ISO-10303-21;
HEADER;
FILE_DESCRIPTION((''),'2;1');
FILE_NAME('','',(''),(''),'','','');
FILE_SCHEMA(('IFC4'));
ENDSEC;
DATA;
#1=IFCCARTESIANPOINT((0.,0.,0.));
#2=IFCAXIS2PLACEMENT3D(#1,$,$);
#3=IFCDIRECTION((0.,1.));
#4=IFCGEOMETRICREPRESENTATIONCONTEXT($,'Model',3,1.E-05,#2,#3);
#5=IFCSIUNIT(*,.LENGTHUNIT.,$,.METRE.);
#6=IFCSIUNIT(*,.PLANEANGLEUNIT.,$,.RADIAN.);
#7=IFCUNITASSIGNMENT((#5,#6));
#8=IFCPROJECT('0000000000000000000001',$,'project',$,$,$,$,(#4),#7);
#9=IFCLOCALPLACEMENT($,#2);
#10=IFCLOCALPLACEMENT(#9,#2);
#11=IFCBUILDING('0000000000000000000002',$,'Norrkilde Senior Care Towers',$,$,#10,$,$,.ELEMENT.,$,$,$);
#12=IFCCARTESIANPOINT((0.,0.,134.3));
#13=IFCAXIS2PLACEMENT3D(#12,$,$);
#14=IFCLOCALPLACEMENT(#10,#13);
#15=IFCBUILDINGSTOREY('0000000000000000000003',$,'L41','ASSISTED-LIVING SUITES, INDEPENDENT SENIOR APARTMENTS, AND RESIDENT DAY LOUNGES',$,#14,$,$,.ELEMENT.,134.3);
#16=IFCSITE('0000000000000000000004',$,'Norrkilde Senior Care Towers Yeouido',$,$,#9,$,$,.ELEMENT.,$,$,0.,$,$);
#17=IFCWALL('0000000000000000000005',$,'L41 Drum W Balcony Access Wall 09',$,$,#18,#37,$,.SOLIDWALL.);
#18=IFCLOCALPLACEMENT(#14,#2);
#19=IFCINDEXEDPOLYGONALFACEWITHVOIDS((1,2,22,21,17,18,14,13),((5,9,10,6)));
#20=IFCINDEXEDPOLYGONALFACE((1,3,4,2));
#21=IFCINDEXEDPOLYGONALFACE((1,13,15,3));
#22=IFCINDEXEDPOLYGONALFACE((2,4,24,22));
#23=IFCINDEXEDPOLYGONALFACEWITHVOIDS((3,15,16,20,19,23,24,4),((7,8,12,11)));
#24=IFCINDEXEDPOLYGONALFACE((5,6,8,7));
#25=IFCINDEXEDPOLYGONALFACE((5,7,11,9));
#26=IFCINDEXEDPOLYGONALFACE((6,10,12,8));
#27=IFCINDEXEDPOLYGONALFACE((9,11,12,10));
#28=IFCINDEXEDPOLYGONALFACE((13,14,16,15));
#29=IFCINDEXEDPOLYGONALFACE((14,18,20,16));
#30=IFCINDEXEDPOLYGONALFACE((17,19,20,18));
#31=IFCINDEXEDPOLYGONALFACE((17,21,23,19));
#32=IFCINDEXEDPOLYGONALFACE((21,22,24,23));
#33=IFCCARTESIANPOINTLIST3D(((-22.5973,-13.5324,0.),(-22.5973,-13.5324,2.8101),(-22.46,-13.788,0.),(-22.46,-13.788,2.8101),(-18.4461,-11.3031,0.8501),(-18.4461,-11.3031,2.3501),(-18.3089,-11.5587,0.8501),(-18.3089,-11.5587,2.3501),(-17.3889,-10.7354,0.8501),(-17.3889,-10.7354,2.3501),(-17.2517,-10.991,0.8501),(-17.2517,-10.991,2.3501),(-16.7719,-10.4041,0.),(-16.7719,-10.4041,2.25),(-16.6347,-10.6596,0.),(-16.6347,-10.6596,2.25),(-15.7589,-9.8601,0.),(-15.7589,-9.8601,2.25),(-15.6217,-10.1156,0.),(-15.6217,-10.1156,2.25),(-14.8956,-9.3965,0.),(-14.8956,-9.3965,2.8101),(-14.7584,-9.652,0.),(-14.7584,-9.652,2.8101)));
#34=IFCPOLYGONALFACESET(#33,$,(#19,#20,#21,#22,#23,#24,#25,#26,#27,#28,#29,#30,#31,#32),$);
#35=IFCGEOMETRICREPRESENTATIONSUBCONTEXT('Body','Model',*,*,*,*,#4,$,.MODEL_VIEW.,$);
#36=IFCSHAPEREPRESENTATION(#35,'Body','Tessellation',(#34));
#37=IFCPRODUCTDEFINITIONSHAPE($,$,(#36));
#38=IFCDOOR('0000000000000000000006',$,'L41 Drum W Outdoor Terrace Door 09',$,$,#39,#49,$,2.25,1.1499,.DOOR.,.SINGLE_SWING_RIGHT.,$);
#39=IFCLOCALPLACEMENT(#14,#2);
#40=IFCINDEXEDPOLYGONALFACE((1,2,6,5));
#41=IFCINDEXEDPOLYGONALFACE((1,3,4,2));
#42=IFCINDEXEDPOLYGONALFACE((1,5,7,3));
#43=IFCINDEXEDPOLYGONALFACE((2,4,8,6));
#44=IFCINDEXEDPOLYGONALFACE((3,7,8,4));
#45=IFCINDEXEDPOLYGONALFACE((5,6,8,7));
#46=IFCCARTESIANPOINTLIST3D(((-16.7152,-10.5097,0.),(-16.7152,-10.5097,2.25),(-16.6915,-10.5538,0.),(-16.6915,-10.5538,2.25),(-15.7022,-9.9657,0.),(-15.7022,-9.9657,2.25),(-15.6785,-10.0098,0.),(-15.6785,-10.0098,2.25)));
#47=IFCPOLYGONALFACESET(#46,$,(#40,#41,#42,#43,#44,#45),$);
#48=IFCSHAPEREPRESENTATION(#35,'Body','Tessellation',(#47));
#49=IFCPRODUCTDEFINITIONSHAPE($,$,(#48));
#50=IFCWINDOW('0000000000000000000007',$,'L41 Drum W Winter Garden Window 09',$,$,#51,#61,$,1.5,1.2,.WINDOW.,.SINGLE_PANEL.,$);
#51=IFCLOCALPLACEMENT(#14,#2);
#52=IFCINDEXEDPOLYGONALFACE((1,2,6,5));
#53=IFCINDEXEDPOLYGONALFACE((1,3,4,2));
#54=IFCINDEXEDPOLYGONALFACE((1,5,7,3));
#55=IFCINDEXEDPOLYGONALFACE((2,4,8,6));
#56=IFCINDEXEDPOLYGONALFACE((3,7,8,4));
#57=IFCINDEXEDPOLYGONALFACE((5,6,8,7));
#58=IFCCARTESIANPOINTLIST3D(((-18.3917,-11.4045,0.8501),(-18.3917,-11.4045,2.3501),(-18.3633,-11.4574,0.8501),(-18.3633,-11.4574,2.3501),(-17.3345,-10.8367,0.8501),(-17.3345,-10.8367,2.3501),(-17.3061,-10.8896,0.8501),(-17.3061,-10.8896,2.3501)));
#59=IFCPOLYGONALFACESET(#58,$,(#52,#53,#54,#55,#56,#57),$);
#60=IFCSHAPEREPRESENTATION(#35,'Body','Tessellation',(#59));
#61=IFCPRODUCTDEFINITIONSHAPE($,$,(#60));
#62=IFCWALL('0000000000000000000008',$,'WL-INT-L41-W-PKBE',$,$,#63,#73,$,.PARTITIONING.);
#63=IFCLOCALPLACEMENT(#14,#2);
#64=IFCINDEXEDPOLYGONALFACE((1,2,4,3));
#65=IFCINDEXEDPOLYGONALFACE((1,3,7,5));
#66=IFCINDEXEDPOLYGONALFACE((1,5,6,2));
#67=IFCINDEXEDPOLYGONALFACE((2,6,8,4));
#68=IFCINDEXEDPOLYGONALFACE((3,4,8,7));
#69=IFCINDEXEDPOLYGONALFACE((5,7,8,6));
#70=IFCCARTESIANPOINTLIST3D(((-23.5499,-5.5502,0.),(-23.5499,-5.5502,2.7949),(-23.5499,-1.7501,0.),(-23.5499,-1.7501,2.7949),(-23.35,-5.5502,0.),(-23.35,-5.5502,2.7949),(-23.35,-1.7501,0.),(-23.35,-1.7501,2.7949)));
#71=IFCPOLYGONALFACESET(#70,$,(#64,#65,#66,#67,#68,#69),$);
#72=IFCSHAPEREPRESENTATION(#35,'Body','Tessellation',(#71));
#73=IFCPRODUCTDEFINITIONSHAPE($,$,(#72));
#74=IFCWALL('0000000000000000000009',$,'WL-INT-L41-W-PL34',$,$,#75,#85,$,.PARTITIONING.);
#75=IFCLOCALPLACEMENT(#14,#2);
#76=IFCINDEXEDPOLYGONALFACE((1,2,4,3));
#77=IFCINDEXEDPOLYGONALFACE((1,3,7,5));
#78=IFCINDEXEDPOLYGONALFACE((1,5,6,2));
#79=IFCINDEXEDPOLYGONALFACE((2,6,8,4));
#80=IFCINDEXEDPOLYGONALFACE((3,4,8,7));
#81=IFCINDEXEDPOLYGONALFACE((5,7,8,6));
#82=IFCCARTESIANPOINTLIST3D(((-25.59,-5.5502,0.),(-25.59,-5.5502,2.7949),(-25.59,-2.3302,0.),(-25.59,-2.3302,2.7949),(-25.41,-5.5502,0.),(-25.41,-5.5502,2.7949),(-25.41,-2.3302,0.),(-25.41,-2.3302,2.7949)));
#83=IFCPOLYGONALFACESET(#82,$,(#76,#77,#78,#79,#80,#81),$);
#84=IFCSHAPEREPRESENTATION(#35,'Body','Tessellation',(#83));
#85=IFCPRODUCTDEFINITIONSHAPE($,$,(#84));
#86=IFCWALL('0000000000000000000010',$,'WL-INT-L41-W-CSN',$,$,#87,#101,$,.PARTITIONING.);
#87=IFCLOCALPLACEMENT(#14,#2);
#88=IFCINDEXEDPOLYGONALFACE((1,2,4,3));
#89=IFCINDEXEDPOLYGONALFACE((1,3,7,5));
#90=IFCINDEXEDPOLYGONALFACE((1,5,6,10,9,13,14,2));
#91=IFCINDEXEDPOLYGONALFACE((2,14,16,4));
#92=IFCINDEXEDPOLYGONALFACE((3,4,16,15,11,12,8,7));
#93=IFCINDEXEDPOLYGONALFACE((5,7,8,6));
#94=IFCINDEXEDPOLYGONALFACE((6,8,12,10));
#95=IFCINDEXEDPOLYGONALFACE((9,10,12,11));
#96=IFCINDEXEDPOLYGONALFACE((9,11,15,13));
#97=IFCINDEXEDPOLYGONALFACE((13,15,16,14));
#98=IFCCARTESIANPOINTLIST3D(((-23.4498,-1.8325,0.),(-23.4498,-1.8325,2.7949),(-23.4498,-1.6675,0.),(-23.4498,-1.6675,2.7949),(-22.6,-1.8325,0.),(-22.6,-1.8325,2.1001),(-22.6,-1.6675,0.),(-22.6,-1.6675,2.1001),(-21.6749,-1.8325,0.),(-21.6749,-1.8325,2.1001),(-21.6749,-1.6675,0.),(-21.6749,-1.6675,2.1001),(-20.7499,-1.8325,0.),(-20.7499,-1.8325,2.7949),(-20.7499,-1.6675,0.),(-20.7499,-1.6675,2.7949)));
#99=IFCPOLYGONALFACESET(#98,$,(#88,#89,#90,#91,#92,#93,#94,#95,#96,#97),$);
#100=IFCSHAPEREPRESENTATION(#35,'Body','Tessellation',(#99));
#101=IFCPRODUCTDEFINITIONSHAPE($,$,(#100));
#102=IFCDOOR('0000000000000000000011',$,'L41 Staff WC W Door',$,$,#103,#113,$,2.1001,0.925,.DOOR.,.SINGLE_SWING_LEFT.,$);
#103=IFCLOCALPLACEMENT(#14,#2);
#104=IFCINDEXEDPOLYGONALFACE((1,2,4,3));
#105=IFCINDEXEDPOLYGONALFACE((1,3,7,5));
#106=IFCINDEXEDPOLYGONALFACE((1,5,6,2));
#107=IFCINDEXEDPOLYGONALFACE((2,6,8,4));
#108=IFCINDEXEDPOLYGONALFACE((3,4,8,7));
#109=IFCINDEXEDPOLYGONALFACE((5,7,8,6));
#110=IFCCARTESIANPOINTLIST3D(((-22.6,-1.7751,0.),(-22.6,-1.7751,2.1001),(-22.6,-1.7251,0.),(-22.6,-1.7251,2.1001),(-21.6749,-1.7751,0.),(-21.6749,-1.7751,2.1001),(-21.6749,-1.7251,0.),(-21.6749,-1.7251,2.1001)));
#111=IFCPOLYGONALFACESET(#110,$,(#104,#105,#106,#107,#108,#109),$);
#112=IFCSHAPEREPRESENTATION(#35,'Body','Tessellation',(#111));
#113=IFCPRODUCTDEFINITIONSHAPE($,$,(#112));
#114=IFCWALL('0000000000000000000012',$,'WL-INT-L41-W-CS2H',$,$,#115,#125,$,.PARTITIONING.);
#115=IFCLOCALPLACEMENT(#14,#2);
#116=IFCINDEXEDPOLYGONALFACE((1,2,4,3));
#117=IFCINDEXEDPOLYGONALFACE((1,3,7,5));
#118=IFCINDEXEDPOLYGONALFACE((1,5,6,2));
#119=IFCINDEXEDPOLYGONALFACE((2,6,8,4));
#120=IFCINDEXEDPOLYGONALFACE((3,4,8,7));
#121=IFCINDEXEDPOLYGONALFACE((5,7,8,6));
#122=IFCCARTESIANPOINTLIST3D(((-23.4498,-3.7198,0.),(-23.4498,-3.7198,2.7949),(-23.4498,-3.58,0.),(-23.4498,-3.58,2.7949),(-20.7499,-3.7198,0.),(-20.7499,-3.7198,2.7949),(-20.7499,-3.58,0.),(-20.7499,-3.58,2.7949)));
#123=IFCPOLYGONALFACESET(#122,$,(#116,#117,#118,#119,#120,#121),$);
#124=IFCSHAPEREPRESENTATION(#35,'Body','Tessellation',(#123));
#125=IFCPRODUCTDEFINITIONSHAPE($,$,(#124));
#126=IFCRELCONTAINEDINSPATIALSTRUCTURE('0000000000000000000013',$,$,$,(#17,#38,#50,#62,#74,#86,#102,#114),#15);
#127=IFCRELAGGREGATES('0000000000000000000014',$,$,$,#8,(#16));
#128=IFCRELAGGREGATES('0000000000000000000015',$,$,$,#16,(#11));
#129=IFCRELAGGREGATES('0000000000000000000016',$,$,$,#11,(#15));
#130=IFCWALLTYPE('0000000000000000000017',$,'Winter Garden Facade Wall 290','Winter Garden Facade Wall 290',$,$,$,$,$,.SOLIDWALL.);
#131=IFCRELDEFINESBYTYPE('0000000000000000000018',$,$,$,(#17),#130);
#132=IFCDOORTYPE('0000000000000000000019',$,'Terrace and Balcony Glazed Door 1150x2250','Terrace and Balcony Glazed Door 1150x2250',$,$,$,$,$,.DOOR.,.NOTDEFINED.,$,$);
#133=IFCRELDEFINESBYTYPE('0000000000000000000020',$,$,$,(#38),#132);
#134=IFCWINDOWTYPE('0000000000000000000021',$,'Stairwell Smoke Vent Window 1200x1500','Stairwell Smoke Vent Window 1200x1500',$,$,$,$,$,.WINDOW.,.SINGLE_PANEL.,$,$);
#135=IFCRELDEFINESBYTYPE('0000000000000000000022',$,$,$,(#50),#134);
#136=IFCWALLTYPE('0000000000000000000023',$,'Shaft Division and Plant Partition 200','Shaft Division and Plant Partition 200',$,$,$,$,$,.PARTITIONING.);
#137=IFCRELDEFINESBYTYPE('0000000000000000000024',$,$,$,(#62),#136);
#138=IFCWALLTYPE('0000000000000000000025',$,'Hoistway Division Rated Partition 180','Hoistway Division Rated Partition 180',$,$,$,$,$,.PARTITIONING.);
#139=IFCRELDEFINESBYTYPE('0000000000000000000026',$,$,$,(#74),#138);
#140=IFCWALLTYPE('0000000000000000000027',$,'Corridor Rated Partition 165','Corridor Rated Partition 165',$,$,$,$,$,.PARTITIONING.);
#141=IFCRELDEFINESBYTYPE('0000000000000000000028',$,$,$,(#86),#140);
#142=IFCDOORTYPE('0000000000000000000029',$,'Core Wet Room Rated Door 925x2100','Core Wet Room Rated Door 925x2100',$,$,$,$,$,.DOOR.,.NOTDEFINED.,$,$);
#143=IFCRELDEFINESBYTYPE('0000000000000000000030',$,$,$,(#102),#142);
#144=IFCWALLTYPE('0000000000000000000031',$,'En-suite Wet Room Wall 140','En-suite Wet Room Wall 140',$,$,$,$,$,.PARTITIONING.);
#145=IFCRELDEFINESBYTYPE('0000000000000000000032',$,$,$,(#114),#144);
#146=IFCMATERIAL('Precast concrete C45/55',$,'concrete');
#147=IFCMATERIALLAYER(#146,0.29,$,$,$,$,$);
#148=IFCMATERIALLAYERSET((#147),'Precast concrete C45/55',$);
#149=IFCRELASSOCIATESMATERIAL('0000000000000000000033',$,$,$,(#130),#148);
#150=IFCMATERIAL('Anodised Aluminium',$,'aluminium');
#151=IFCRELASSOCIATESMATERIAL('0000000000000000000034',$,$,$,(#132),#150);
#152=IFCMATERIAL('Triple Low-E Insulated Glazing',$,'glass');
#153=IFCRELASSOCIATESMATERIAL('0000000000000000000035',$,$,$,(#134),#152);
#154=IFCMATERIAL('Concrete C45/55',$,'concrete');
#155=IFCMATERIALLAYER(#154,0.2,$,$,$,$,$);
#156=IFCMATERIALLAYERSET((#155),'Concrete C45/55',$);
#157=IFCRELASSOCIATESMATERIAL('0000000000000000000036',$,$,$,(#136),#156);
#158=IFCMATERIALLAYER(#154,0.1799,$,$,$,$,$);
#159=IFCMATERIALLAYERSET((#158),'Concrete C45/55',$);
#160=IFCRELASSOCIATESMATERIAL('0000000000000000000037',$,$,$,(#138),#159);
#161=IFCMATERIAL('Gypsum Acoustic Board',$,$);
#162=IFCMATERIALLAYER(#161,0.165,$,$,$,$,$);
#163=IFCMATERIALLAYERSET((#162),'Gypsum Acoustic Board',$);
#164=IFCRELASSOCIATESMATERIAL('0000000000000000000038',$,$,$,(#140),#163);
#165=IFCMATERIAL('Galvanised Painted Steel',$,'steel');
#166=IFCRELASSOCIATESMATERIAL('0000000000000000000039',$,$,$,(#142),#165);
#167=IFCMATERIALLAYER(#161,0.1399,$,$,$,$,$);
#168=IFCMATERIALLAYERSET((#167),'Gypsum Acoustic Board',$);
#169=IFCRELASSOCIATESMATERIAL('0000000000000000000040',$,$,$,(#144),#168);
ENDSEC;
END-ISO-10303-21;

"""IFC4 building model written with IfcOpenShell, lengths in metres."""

from ifc_helpers import new_model, si_unit, direction, frame, frame_2d, origin, place, context, subcontext, project, spatial, rectangle, extrude, source, transform, mapped, material, layer, layer_set, type_object, type_shapes, element, fill, save


model = new_model("IFC4")

# Units and contexts
model_context = context("Model", 3, precision=1e-05, world=origin(), true_north=direction((0.0, 1.0)))
body_context = subcontext(model_context, "Body", "Model", "MODEL_VIEW")
ifc_project = project(units=[si_unit("LENGTHUNIT", "METRE"), si_unit("PLANEANGLEUNIT", "RADIAN")], contexts=[model_context])

# Site, building, storey
site_placement = place(None, origin())
site = spatial("IfcSite", under=ifc_project, at=site_placement, Name="Norrkilde Senior Care Towers Yeouido", CompositionType="ELEMENT", RefElevation=0.0)
building_placement = place(site_placement, origin())
building = spatial("IfcBuilding", under=site, at=building_placement, Name="Norrkilde Senior Care Towers", CompositionType="ELEMENT")
storey_placement = place(building_placement, frame((0.0, 0.0, 134.3)))
storey = spatial("IfcBuildingStorey", under=building, at=storey_placement, Name="L41", Description="ASSISTED-LIVING SUITES, INDEPENDENT SENIOR APARTMENTS, AND RESIDENT DAY LOUNGES", CompositionType="ELEMENT", Elevation=134.3)

# Shared definitions
ifc_material_1 = material(Name="Triple Low-E Insulated Glazing", Category="glass")
ifc_material_2 = material(Name="Anodised Aluminium", Category="aluminium")

# Wall, openings, door, window
ifc_material_3 = material(Name="Precast concrete C45/55", Category="concrete")
ifc_layer_1 = layer(ifc_material_3, 0.29)
ifc_layer_set_1 = layer_set([ifc_layer_1], Name="Precast concrete C45/55")
wall_type_1 = type_object("IfcWallType", Name="Winter Garden Facade Wall 290", Description="Winter Garden Facade Wall 290", PredefinedType="SOLIDWALL", material=ifc_layer_set_1)
shared_shape_1 = source(origin(), body_context, "Body", "SweptSolid", [
    extrude(rectangle(XDim=8.7419, YDim=0.29, at=frame_2d((4.3711, 0.0))), origin(), (0.0, 0.0, 1.0), 2.8101),
])
type_shapes(wall_type_1, [shared_shape_1])
wall_1_placement = place(storey_placement, frame((-14.8269, -9.5242, 0.0), z_axis=(0.0, 0.0, 1.0), x_axis=(-0.880999, -0.473119, 0.0)))
wall_1 = element("IfcWall", 1, at=wall_1_placement, inside=storey, type_object=wall_type_1, Name="L41 Drum W Balcony Access Wall 09", PredefinedType="SOLIDWALL", context=body_context, shape_type="MappedRepresentation", body=[
    mapped(shared_shape_1, transform((0.0, 0.0, 0.0), x_axis=(1.0, 0.0, 0.0), y_axis=(0.0, 1.0, 0.0), z_axis=(0.0, 0.0, 1.0), scale=1.0)),
])
opening_1_placement = place(wall_1_placement, frame((0.98, 0.0, 0.0)))
opening_1 = element("IfcOpeningElement", 2, at=opening_1_placement, cuts=wall_1, PredefinedType="OPENING", context=body_context, shape_type="SweptSolid", body=[
    extrude(rectangle(XDim=1.1499, YDim=2.25, at=frame_2d((0.575, 1.125))), frame((0.0, 0.155, 0.0), z_axis=(0.0, -1.0, 0.0), x_axis=(1.0, 0.0, 0.0)), (0.0, 0.0, 1.0), 0.3101),
])
opening_2_placement = place(wall_1_placement, frame((2.8301, 0.0, 0.8501)))
opening_2 = element("IfcOpeningElement", 3, at=opening_2_placement, cuts=wall_1, PredefinedType="OPENING", context=body_context, shape_type="SweptSolid", body=[
    extrude(rectangle(XDim=1.2, YDim=1.5, at=frame_2d((0.6001, 0.75))), frame((0.0, 0.155, 0.0), z_axis=(0.0, -1.0, 0.0), x_axis=(1.0, 0.0, 0.0)), (0.0, 0.0, 1.0), 0.3101),
])
door_type_1 = type_object("IfcDoorType", Name="Terrace and Balcony Glazed Door 1150x2250", Description="Terrace and Balcony Glazed Door 1150x2250", OperationType="NOTDEFINED", PredefinedType="DOOR", material=ifc_material_2)
shared_shape_2 = source(origin(), body_context, "Body", "SweptSolid", [
    extrude(rectangle(XDim=1.1499, YDim=2.25, at=frame_2d((0.575, 1.125))), frame((0.0, 0.0249, 0.0), z_axis=(0.0, -1.0, 0.0), x_axis=(1.0, 0.0, 0.0)), (0.0, 0.0, 1.0), 0.05),
])
type_shapes(door_type_1, [shared_shape_2])
door_1_placement = place(opening_1_placement, origin())
door_1 = element("IfcDoor", 4, at=door_1_placement, inside=storey, type_object=door_type_1, Name="L41 Drum W Outdoor Terrace Door 09", OperationType="SINGLE_SWING_RIGHT", OverallHeight=2.25, OverallWidth=1.1499, PredefinedType="DOOR", context=body_context, shape_type="MappedRepresentation", body=[
    mapped(shared_shape_2, transform((0.0, 0.0, 0.0), x_axis=(1.0, 0.0, 0.0), y_axis=(0.0, 1.0, 0.0), z_axis=(0.0, 0.0, 1.0), scale=1.0)),
])
fill(opening_1, door_1)
window_type = type_object("IfcWindowType", Name="Stairwell Smoke Vent Window 1200x1500", Description="Stairwell Smoke Vent Window 1200x1500", PartitioningType="SINGLE_PANEL", PredefinedType="WINDOW", material=ifc_material_1)
shared_shape_3 = source(origin(), body_context, "Body", "SweptSolid", [
    extrude(rectangle(XDim=1.2, YDim=1.5, at=frame_2d((0.6001, 0.75))), frame((0.0, 0.03, 0.0), z_axis=(0.0, -1.0, 0.0), x_axis=(1.0, 0.0, 0.0)), (0.0, 0.0, 1.0), 0.0601),
])
type_shapes(window_type, [shared_shape_3])
window_placement = place(opening_2_placement, origin())
window = element("IfcWindow", 5, at=window_placement, inside=storey, type_object=window_type, Name="L41 Drum W Winter Garden Window 09", OverallHeight=1.5, OverallWidth=1.2, PartitioningType="SINGLE_PANEL", PredefinedType="WINDOW", context=body_context, shape_type="MappedRepresentation", body=[
    mapped(shared_shape_3, transform((0.0, 0.0, 0.0), x_axis=(1.0, 0.0, 0.0), y_axis=(0.0, 1.0, 0.0), z_axis=(0.0, 0.0, 1.0), scale=1.0)),
])
fill(opening_2, window)

# Walls
ifc_material_4 = material(Name="Concrete C45/55", Category="concrete")
ifc_layer_2 = layer(ifc_material_4, 0.2)
ifc_layer_set_2 = layer_set([ifc_layer_2], Name="Concrete C45/55")
wall_type_2 = type_object("IfcWallType", Name="Shaft Division and Plant Partition 200", Description="Shaft Division and Plant Partition 200", PredefinedType="PARTITIONING", material=ifc_layer_set_2)
shared_shape_4 = source(origin(), body_context, "Body", "SweptSolid", [
    extrude(rectangle(XDim=3.8, YDim=0.2, at=frame_2d((1.8999, 0.0))), origin(), (0.0, 0.0, 1.0), 2.7949),
])
type_shapes(wall_type_2, [shared_shape_4])
wall_2_placement = place(storey_placement, frame((-23.45, -5.55, 0.0), z_axis=(0.0, 0.0, 1.0), x_axis=(0.0, 1.0, 0.0)))
element("IfcWall", 6, at=wall_2_placement, inside=storey, type_object=wall_type_2, Name="WL-INT-L41-W-PKBE", PredefinedType="PARTITIONING", context=body_context, shape_type="MappedRepresentation", body=[
    mapped(shared_shape_4, transform((0.0, 0.0, 0.0), x_axis=(1.0, 0.0, 0.0), y_axis=(0.0, 1.0, 0.0), z_axis=(0.0, 0.0, 1.0), scale=1.0)),
])
ifc_layer_3 = layer(ifc_material_4, 0.1799)
ifc_layer_set_3 = layer_set([ifc_layer_3], Name="Concrete C45/55")
wall_type_3 = type_object("IfcWallType", Name="Hoistway Division Rated Partition 180", Description="Hoistway Division Rated Partition 180", PredefinedType="PARTITIONING", material=ifc_layer_set_3)
shared_shape_5 = source(origin(), body_context, "Body", "SweptSolid", [
    extrude(rectangle(XDim=3.22, YDim=0.1799, at=frame_2d((1.6099, 0.0))), origin(), (0.0, 0.0, 1.0), 2.7949),
])
type_shapes(wall_type_3, [shared_shape_5])
wall_3_placement = place(storey_placement, frame((-25.5, -5.55, 0.0), z_axis=(0.0, 0.0, 1.0), x_axis=(0.0, 1.0, 0.0)))
element("IfcWall", 7, at=wall_3_placement, inside=storey, type_object=wall_type_3, Name="WL-INT-L41-W-PL34", PredefinedType="PARTITIONING", context=body_context, shape_type="MappedRepresentation", body=[
    mapped(shared_shape_5, transform((0.0, 0.0, 0.0), x_axis=(1.0, 0.0, 0.0), y_axis=(0.0, 1.0, 0.0), z_axis=(0.0, 0.0, 1.0), scale=1.0)),
])

# Wall, opening, door
ifc_material_5 = material(Name="Gypsum Acoustic Board")
ifc_layer_4 = layer(ifc_material_5, 0.165)
ifc_layer_set_4 = layer_set([ifc_layer_4], Name="Gypsum Acoustic Board")
wall_type_4 = type_object("IfcWallType", Name="Corridor Rated Partition 165", Description="Corridor Rated Partition 165", PredefinedType="PARTITIONING", material=ifc_layer_set_4)
shared_shape_6 = source(origin(), body_context, "Body", "SweptSolid", [
    extrude(rectangle(XDim=2.7, YDim=0.165, at=frame_2d((1.3501, 0.0))), origin(), (0.0, 0.0, 1.0), 2.7949),
])
wall_4_placement = place(storey_placement, frame((-23.45, -1.75, 0.0), z_axis=(0.0, 0.0, 1.0), x_axis=(1.0, 0.0, 0.0)))
wall_4 = element("IfcWall", 8, at=wall_4_placement, inside=storey, type_object=wall_type_4, Name="WL-INT-L41-W-CSN", PredefinedType="PARTITIONING", context=body_context, shape_type="MappedRepresentation", body=[
    mapped(shared_shape_6, transform((0.0, 0.0, 0.0), x_axis=(1.0, 0.0, 0.0), y_axis=(0.0, 1.0, 0.0), z_axis=(0.0, 0.0, 1.0), scale=1.0)),
])
opening_3_placement = place(wall_4_placement, frame((0.8501, 0.0, 0.0)))
opening_3 = element("IfcOpeningElement", 9, at=opening_3_placement, cuts=wall_4, PredefinedType="OPENING", context=body_context, shape_type="SweptSolid", body=[
    extrude(rectangle(XDim=0.925, YDim=2.1001, at=frame_2d((0.4624, 1.05))), frame((0.0, 0.0925, 0.0), z_axis=(0.0, -1.0, 0.0), x_axis=(1.0, 0.0, 0.0)), (0.0, 0.0, 1.0), 0.1851),
])
ifc_material_6 = material(Name="Galvanised Painted Steel", Category="steel")
door_type_2 = type_object("IfcDoorType", Name="Core Wet Room Rated Door 925x2100", Description="Core Wet Room Rated Door 925x2100", OperationType="NOTDEFINED", PredefinedType="DOOR", material=ifc_material_6)
shared_shape_7 = source(origin(), body_context, "Body", "SweptSolid", [
    extrude(rectangle(XDim=0.925, YDim=2.1001, at=frame_2d((0.4624, 1.05))), frame((0.0, 0.0249, 0.0), z_axis=(0.0, -1.0, 0.0), x_axis=(1.0, 0.0, 0.0)), (0.0, 0.0, 1.0), 0.05),
])
type_shapes(door_type_2, [shared_shape_7])
door_2_placement = place(opening_3_placement, origin())
door_2 = element("IfcDoor", 10, at=door_2_placement, inside=storey, type_object=door_type_2, Name="L41 Staff WC W Door", OperationType="SINGLE_SWING_LEFT", OverallHeight=2.1001, OverallWidth=0.925, PredefinedType="DOOR", context=body_context, shape_type="MappedRepresentation", body=[
    mapped(shared_shape_7, transform((0.0, 0.0, 0.0), x_axis=(1.0, 0.0, 0.0), y_axis=(0.0, 1.0, 0.0), z_axis=(0.0, 0.0, 1.0), scale=1.0)),
])
fill(opening_3, door_2)

# Wall
ifc_layer_5 = layer(ifc_material_5, 0.1399)
ifc_layer_set_5 = layer_set([ifc_layer_5], Name="Gypsum Acoustic Board")
wall_type_5 = type_object("IfcWallType", Name="En-suite Wet Room Wall 140", Description="En-suite Wet Room Wall 140", PredefinedType="PARTITIONING", material=ifc_layer_set_5)
shared_shape_8 = source(origin(), body_context, "Body", "SweptSolid", [
    extrude(rectangle(XDim=2.7, YDim=0.1399, at=frame_2d((1.3501, 0.0))), origin(), (0.0, 0.0, 1.0), 2.7949),
])
wall_5_placement = place(storey_placement, frame((-23.45, -3.6499, 0.0), z_axis=(0.0, 0.0, 1.0), x_axis=(1.0, 0.0, 0.0)))
element("IfcWall", 11, at=wall_5_placement, inside=storey, type_object=wall_type_5, Name="WL-INT-L41-W-CS2H", PredefinedType="PARTITIONING", context=body_context, shape_type="MappedRepresentation", body=[
    mapped(shared_shape_8, transform((0.0, 0.0, 0.0), x_axis=(1.0, 0.0, 0.0), y_axis=(0.0, 1.0, 0.0), z_axis=(0.0, 0.0, 1.0), scale=1.0)),
])

save(model, "model.ifc")
